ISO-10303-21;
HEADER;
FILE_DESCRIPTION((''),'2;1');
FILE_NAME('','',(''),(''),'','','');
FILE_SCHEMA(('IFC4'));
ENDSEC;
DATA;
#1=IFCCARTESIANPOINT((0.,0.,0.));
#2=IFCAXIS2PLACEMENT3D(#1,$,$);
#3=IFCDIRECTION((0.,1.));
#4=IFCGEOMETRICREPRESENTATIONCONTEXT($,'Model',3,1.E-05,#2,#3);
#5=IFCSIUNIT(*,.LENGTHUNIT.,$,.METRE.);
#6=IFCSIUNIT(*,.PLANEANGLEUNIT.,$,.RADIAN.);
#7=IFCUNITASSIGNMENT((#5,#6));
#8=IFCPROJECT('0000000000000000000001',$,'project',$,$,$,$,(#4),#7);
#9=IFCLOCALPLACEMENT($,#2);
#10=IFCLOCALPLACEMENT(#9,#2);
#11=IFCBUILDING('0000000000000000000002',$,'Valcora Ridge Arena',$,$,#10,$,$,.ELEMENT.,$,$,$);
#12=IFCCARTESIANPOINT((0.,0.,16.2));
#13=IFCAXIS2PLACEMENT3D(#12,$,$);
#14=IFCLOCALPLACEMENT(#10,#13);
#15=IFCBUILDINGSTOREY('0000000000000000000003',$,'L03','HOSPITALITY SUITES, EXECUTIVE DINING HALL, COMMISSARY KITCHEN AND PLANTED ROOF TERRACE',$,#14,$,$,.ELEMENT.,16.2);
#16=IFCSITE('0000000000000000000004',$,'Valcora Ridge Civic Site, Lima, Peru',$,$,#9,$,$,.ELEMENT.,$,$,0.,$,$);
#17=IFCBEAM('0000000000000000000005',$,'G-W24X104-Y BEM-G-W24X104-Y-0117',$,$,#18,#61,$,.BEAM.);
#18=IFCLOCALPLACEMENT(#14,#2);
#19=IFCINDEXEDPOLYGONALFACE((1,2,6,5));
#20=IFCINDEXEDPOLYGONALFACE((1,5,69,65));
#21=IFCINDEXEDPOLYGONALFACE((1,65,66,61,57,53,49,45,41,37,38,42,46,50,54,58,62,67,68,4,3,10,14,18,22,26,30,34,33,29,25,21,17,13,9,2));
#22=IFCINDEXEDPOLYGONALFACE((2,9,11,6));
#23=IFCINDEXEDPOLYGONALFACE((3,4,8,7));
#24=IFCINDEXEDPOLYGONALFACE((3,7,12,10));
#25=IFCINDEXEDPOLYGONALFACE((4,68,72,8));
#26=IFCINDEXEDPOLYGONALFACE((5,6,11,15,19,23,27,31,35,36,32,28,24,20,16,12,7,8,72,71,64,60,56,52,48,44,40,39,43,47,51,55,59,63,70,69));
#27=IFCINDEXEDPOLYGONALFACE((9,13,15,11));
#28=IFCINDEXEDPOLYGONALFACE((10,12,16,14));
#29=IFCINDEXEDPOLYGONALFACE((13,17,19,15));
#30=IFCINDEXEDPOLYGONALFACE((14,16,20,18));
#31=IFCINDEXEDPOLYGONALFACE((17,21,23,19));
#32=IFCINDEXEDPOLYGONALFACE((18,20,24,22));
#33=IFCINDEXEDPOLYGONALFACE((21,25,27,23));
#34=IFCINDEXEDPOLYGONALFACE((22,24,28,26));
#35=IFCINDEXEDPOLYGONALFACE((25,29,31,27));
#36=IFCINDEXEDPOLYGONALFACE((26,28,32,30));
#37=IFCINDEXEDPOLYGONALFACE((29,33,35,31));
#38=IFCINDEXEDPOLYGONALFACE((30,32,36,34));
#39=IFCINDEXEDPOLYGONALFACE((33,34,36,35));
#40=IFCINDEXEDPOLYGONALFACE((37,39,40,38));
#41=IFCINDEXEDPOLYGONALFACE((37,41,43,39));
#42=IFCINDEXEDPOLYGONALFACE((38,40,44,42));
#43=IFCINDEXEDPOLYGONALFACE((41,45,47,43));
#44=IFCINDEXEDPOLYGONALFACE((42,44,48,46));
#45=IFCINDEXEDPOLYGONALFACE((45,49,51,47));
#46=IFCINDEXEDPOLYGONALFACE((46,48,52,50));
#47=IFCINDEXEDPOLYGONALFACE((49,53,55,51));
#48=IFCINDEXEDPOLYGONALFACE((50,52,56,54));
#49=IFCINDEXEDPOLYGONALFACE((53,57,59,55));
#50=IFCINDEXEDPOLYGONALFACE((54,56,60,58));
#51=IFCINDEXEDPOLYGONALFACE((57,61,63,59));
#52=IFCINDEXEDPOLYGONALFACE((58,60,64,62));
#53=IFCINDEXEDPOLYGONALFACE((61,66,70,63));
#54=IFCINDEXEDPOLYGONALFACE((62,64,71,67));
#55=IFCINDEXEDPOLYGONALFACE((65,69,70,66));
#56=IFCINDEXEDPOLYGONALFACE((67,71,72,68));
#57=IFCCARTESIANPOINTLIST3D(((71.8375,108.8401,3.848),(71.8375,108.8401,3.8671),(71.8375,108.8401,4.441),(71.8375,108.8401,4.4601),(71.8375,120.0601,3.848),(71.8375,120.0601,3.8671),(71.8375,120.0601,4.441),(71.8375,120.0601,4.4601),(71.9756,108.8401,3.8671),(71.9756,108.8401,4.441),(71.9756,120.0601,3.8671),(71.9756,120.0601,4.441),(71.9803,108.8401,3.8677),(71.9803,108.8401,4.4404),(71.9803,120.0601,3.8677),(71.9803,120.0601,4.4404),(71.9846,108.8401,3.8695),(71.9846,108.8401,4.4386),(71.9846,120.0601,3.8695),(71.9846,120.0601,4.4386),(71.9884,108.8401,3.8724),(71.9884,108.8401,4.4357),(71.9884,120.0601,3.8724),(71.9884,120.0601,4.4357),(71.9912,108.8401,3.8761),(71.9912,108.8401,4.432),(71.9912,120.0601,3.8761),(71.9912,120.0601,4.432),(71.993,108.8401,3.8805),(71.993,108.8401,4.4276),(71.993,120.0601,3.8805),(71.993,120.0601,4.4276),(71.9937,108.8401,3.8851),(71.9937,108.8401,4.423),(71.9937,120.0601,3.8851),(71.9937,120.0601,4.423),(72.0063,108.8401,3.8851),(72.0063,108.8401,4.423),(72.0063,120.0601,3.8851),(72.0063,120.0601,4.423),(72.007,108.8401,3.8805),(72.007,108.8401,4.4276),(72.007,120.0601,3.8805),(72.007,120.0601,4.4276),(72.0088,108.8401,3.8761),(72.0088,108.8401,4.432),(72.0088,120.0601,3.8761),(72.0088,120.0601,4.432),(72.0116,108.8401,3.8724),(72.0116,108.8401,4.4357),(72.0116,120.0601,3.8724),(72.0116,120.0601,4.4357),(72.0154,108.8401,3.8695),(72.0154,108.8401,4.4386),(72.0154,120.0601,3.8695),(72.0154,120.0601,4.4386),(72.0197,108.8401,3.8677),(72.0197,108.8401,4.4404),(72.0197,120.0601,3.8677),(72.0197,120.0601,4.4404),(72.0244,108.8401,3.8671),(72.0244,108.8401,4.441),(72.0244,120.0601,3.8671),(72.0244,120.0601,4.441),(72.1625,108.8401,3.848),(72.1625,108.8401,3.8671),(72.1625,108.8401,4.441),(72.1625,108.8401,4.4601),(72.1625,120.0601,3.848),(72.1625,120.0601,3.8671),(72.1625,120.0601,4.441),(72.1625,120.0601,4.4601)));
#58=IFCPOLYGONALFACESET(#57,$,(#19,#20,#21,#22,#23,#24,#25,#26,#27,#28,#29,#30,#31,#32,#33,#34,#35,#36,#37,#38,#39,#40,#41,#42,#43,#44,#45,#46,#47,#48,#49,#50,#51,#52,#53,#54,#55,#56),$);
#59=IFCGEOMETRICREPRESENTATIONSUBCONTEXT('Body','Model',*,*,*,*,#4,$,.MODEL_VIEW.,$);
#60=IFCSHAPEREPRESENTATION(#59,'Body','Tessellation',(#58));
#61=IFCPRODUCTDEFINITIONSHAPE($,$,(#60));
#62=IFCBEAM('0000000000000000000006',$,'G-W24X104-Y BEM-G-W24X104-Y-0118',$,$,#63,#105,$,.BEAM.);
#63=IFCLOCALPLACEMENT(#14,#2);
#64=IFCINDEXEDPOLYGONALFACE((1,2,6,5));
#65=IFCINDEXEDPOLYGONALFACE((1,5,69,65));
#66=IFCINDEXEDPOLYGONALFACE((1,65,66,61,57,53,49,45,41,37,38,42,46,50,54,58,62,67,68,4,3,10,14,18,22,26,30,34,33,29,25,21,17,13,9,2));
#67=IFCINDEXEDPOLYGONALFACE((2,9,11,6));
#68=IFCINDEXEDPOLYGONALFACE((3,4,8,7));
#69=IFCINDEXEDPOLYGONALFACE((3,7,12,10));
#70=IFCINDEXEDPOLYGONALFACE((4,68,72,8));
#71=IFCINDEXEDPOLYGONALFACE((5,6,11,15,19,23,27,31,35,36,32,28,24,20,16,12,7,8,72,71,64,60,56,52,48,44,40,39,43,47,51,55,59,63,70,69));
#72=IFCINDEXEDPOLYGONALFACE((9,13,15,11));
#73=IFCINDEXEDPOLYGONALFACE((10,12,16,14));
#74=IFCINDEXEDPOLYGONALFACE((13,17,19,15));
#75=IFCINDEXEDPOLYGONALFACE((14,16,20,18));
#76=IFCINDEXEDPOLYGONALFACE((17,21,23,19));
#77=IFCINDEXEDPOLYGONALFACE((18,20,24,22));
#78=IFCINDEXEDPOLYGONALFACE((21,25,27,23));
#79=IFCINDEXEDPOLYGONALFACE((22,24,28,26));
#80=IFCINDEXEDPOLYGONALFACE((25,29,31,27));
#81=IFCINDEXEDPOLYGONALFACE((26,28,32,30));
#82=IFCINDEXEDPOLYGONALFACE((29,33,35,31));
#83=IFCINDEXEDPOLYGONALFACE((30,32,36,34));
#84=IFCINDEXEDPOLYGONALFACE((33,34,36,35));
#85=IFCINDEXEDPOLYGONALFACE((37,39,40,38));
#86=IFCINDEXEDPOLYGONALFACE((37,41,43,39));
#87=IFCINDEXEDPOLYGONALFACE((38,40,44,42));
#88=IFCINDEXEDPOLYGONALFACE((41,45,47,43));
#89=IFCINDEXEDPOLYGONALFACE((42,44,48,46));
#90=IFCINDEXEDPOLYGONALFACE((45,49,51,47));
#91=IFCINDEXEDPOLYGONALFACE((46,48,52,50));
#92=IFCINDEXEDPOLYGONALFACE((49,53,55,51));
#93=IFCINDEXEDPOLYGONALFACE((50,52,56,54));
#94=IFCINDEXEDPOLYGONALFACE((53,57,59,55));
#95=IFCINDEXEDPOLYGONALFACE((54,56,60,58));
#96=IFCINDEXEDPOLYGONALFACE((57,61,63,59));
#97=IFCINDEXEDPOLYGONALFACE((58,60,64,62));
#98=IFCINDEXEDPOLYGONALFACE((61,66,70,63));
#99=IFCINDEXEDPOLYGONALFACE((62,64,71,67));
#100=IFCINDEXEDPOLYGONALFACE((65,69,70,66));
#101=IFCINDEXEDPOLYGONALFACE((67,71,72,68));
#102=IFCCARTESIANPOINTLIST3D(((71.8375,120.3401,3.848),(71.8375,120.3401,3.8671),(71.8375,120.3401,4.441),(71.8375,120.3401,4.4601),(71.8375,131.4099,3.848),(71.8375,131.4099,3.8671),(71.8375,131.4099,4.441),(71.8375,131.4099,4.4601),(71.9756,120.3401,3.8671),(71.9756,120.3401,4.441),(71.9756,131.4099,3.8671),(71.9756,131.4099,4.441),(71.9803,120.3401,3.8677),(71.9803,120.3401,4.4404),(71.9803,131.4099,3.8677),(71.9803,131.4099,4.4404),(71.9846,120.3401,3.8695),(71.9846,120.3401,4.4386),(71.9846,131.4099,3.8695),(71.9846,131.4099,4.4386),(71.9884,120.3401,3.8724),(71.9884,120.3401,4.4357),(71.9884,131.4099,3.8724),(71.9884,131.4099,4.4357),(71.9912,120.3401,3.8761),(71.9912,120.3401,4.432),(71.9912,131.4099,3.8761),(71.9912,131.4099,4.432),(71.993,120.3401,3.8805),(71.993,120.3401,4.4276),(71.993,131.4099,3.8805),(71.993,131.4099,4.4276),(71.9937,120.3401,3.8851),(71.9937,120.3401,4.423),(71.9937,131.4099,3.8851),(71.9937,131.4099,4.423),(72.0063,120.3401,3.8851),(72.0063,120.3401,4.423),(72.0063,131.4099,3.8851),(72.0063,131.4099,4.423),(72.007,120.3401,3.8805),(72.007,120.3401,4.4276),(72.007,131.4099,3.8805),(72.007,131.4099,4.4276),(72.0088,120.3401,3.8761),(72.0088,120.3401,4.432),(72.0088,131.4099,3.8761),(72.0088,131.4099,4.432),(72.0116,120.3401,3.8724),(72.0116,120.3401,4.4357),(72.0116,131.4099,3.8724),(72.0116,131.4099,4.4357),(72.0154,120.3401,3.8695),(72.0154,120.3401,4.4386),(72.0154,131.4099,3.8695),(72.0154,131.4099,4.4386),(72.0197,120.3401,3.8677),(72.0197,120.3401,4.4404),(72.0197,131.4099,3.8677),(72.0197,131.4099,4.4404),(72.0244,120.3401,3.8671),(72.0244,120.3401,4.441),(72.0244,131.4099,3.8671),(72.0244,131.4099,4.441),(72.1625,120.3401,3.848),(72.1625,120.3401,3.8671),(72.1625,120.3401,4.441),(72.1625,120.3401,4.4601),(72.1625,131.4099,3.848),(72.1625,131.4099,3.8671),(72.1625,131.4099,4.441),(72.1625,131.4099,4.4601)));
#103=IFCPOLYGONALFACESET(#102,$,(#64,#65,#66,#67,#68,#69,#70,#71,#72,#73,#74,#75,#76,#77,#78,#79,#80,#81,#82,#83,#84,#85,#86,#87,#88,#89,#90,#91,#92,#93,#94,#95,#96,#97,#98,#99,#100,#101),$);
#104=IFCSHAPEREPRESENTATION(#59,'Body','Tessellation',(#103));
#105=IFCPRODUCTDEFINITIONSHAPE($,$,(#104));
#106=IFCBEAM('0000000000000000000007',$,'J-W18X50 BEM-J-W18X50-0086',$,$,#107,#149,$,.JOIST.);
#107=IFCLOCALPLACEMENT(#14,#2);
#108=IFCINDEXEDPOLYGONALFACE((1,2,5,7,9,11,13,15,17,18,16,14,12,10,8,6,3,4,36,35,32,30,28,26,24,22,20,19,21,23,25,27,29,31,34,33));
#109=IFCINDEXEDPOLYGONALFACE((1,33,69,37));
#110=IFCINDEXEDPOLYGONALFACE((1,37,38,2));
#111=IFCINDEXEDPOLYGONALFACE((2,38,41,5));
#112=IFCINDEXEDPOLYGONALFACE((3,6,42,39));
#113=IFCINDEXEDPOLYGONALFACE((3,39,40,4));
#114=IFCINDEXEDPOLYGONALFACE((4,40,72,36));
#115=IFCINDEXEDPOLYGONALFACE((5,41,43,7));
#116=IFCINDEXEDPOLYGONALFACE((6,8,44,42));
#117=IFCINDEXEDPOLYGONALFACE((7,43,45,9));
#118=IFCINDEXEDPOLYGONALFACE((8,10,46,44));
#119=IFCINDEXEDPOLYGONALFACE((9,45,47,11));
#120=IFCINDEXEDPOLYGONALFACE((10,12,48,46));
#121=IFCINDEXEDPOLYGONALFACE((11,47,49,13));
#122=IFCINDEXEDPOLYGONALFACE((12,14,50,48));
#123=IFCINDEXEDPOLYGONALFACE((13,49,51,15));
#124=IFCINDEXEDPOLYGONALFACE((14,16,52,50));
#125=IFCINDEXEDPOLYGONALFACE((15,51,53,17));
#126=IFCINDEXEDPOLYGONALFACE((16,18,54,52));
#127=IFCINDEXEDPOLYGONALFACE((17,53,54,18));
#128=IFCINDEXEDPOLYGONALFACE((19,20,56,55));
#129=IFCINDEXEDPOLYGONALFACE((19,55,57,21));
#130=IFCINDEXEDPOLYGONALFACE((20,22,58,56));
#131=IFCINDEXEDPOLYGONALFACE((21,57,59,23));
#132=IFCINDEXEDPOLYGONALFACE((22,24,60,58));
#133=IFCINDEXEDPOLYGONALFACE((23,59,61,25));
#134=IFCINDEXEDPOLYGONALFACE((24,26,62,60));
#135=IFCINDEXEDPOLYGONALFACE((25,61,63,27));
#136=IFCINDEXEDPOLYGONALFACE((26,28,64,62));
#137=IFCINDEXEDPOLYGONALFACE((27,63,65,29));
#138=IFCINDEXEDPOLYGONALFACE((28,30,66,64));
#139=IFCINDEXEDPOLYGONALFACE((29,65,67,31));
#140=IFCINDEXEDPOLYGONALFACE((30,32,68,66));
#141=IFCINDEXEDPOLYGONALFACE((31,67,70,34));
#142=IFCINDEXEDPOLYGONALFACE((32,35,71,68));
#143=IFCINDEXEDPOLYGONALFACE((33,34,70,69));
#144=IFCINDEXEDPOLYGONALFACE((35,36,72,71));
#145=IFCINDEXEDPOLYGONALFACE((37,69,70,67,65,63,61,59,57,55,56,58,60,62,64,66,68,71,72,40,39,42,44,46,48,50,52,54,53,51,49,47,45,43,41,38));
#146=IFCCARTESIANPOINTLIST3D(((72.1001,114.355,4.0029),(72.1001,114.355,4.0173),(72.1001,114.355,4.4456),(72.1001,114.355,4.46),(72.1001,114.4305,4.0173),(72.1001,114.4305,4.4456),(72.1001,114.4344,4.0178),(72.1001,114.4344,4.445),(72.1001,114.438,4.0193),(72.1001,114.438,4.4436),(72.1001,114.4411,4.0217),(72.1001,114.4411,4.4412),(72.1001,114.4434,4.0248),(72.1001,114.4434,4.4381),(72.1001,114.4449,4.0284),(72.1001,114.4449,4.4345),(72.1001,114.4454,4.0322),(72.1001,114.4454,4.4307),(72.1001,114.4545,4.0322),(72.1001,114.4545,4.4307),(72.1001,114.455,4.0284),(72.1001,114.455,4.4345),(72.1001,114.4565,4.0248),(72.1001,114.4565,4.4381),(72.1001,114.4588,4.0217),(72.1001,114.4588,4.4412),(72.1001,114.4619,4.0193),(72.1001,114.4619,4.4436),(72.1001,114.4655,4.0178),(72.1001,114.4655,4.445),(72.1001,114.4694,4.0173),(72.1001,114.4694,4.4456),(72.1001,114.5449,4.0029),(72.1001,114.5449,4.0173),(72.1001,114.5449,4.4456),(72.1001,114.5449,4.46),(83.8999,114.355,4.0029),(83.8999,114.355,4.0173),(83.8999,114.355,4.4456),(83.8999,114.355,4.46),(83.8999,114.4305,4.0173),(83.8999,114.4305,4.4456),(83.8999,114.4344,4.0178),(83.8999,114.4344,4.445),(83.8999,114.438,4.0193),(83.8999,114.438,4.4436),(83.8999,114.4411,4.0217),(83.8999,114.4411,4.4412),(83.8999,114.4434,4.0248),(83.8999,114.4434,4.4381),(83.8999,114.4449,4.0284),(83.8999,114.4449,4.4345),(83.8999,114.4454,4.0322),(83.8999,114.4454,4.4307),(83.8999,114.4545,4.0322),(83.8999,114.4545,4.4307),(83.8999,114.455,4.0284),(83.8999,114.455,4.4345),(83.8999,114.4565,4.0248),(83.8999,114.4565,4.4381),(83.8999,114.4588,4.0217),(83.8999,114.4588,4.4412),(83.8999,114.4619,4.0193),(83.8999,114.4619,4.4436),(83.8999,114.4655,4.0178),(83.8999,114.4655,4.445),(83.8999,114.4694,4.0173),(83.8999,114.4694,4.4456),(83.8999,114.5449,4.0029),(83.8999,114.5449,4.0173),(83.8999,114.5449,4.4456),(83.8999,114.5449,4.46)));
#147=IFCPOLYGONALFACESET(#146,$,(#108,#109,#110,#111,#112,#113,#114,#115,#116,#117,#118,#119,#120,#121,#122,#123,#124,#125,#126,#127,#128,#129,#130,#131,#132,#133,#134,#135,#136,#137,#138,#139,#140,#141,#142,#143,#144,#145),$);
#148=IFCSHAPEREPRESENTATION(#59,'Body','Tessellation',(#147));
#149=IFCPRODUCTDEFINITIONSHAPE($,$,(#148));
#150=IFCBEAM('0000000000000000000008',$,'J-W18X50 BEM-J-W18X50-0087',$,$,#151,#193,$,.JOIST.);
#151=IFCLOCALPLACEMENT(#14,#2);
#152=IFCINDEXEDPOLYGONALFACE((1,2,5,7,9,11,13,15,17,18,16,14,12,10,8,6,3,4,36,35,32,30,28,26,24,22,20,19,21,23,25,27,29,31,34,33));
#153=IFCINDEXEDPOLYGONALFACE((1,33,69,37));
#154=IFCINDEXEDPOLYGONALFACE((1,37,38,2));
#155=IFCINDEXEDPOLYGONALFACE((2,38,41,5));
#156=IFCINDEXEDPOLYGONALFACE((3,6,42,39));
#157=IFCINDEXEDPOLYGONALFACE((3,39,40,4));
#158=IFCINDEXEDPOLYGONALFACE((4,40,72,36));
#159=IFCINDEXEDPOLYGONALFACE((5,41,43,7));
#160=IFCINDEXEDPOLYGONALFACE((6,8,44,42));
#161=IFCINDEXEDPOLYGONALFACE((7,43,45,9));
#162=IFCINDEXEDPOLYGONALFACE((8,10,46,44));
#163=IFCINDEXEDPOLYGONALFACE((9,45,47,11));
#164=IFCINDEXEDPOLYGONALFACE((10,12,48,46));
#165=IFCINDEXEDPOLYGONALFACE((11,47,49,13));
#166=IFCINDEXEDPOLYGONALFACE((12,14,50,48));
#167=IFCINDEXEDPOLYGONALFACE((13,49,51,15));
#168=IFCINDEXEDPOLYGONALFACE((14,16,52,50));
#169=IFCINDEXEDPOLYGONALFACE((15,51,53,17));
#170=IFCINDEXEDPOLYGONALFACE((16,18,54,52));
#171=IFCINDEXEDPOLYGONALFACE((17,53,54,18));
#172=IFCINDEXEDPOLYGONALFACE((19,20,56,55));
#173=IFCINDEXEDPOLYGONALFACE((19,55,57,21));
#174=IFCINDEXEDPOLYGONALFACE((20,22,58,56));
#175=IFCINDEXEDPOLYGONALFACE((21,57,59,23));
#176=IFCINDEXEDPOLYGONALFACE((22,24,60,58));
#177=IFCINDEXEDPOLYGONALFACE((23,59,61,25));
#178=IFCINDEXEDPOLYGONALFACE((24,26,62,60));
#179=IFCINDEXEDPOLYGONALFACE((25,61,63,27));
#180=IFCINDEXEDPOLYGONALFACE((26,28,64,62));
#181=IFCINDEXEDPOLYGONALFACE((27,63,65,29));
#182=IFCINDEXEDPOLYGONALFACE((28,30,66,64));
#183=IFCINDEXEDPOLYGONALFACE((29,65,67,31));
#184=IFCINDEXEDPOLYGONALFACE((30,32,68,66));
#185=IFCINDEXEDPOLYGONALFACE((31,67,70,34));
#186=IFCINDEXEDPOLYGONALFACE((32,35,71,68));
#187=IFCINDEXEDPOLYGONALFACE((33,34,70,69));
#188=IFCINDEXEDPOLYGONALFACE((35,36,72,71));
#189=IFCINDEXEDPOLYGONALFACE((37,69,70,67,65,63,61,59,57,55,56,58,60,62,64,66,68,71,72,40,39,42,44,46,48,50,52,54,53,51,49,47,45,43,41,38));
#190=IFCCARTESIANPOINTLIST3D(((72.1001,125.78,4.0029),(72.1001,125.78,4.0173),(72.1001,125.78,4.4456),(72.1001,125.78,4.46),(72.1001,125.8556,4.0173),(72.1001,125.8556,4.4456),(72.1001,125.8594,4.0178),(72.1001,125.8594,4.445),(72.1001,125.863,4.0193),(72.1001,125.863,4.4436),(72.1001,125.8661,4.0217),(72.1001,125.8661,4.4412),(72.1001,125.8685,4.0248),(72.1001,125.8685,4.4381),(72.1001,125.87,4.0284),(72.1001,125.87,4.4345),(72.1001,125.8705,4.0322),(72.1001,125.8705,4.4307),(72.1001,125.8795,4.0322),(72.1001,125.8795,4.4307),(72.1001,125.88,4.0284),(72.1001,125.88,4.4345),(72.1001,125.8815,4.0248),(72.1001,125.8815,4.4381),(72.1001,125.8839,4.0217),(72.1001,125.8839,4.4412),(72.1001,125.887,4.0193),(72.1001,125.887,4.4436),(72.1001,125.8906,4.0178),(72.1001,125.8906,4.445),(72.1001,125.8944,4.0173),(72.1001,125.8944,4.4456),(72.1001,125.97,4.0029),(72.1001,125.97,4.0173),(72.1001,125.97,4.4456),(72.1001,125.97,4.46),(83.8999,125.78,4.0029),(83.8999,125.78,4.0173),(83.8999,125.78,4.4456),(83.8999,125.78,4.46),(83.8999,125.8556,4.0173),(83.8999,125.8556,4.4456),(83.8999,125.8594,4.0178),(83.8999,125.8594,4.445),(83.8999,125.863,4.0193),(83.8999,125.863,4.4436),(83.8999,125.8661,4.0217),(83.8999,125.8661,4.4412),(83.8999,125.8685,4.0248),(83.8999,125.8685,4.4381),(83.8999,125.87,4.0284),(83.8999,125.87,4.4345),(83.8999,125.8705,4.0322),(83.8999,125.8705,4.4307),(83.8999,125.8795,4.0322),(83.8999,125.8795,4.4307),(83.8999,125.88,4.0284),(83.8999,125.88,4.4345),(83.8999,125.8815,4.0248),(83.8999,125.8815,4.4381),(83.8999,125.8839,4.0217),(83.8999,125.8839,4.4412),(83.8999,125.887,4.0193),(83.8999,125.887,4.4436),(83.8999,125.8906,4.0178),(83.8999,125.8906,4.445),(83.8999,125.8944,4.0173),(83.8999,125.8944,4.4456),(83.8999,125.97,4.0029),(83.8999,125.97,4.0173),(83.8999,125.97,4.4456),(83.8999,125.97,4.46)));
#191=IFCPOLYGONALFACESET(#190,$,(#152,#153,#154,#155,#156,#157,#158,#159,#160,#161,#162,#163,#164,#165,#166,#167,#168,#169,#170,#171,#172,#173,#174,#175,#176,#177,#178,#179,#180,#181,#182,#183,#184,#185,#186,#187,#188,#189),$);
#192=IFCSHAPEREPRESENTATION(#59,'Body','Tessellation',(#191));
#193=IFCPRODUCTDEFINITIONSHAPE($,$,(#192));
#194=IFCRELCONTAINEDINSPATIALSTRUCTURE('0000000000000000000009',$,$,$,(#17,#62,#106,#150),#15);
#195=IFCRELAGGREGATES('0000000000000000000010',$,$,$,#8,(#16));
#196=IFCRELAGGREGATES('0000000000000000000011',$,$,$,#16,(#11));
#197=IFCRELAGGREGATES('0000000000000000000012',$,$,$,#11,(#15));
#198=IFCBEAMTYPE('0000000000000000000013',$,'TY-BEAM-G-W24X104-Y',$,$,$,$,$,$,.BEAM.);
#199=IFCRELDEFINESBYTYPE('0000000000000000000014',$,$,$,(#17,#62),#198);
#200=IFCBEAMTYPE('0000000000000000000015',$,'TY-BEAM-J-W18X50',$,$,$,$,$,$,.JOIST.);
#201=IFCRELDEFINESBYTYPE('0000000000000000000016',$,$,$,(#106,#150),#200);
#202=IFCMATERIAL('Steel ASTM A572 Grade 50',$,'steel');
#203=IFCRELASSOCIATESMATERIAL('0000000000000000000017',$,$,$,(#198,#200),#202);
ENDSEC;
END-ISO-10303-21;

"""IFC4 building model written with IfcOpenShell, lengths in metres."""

from ifc_helpers import new_model, si_unit, direction, frame, origin, origin_2d, place, context, subcontext, project, spatial, i_section, extrude, material, material_profile, profile_set, type_object, element, save


model = new_model("IFC4")

# Units and contexts
model_context = context("Model", 3, precision=1e-05, world=origin(), true_north=direction((0.0, 1.0)))
body_context = subcontext(model_context, "Body", "Model", "MODEL_VIEW")
ifc_project = project(units=[si_unit("LENGTHUNIT", "METRE"), si_unit("PLANEANGLEUNIT", "RADIAN")], contexts=[model_context])

# Site, building, storey
site_placement = place(None, origin())
site = spatial("IfcSite", under=ifc_project, at=site_placement, Name="Valcora Ridge Civic Site, Lima, Peru", CompositionType="ELEMENT", RefElevation=0.0)
building_placement = place(site_placement, origin())
building = spatial("IfcBuilding", under=site, at=building_placement, Name="Valcora Ridge Arena", CompositionType="ELEMENT")
storey_placement = place(building_placement, frame((0.0, 0.0, 16.2)))
storey = spatial("IfcBuildingStorey", under=building, at=storey_placement, Name="L03", Description="HOSPITALITY SUITES, EXECUTIVE DINING HALL, COMMISSARY KITCHEN AND PLANTED ROOF TERRACE", CompositionType="ELEMENT", Elevation=16.2)

# Beams
ifc_material_1 = material(Name="Steel ASTM A572 Grade 50", Category="steel")
ifc_material_profile_1 = material_profile(ifc_material_1, i_section(OverallWidth=0.325, OverallDepth=0.6121, WebThickness=0.0127, FlangeThickness=0.019, FilletRadius=0.0181, at=origin_2d()), Name="W24X104")
ifc_profile_set_1 = profile_set([ifc_material_profile_1], Name="Steel ASTM A572 Grade 50")
beam_type_1 = type_object("IfcBeamType", Name="TY-BEAM-G-W24X104-Y", PredefinedType="BEAM", material=ifc_profile_set_1)
beam_1_placement = place(storey_placement, frame((72.0, 108.8401, 4.1541), z_axis=(0.0, 1.0, 0.0), x_axis=(-1.0, 0.0, 0.0)))
element("IfcBeam", 1, at=beam_1_placement, inside=storey, type_object=beam_type_1, Name="G-W24X104-Y BEM-G-W24X104-Y-0117", PredefinedType="BEAM", context=body_context, shape_type="SweptSolid", body=[
    extrude(i_section(OverallWidth=0.325, OverallDepth=0.6121, WebThickness=0.0127, FlangeThickness=0.019, FilletRadius=0.0181, at=origin_2d()), origin(), (0.0, 0.0, 1.0), 11.22),
])
beam_2_placement = place(storey_placement, frame((72.0, 120.3401, 4.1541), z_axis=(0.0, 1.0, 0.0), x_axis=(-1.0, 0.0, 0.0)))
element("IfcBeam", 2, at=beam_2_placement, inside=storey, type_object=beam_type_1, Name="G-W24X104-Y BEM-G-W24X104-Y-0118", PredefinedType="BEAM", context=body_context, shape_type="SweptSolid", body=[
    extrude(i_section(OverallWidth=0.325, OverallDepth=0.6121, WebThickness=0.0127, FlangeThickness=0.019, FilletRadius=0.0181, at=origin_2d()), origin(), (0.0, 0.0, 1.0), 11.0698),
])
ifc_material_profile_2 = material_profile(ifc_material_1, i_section(OverallWidth=0.1899, OverallDepth=0.457, WebThickness=0.009, FlangeThickness=0.0144, FilletRadius=0.0149, at=origin_2d()), Name="W18X50")
ifc_profile_set_2 = profile_set([ifc_material_profile_2], Name="Steel ASTM A572 Grade 50")
beam_type_2 = type_object("IfcBeamType", Name="TY-BEAM-J-W18X50", PredefinedType="JOIST", material=ifc_profile_set_2)
for number, where, z_axis, x_axis, name in (
    (3, (72.1001, 114.45, 4.2314), (1.0, 0.0, 0.0), (0.0, 1.0, 0.0), "J-W18X50 BEM-J-W18X50-0086"),
    (4, (72.1001, 125.875, 4.2314), (1.0, 0.0, 0.0), (0.0, 1.0, 0.0), "J-W18X50 BEM-J-W18X50-0087"),
):
    element("IfcBeam", number, at=place(storey_placement, frame(where, z_axis=z_axis, x_axis=x_axis)), inside=storey, type_object=beam_type_2, Name=name, PredefinedType="JOIST", context=body_context, shape_type="SweptSolid", body=[
        extrude(i_section(OverallWidth=0.1899, OverallDepth=0.457, WebThickness=0.009, FlangeThickness=0.0144, FilletRadius=0.0149, at=origin_2d()), origin(), (0.0, 0.0, 1.0), 11.7998),
    ])

save(model, "model.ifc")
